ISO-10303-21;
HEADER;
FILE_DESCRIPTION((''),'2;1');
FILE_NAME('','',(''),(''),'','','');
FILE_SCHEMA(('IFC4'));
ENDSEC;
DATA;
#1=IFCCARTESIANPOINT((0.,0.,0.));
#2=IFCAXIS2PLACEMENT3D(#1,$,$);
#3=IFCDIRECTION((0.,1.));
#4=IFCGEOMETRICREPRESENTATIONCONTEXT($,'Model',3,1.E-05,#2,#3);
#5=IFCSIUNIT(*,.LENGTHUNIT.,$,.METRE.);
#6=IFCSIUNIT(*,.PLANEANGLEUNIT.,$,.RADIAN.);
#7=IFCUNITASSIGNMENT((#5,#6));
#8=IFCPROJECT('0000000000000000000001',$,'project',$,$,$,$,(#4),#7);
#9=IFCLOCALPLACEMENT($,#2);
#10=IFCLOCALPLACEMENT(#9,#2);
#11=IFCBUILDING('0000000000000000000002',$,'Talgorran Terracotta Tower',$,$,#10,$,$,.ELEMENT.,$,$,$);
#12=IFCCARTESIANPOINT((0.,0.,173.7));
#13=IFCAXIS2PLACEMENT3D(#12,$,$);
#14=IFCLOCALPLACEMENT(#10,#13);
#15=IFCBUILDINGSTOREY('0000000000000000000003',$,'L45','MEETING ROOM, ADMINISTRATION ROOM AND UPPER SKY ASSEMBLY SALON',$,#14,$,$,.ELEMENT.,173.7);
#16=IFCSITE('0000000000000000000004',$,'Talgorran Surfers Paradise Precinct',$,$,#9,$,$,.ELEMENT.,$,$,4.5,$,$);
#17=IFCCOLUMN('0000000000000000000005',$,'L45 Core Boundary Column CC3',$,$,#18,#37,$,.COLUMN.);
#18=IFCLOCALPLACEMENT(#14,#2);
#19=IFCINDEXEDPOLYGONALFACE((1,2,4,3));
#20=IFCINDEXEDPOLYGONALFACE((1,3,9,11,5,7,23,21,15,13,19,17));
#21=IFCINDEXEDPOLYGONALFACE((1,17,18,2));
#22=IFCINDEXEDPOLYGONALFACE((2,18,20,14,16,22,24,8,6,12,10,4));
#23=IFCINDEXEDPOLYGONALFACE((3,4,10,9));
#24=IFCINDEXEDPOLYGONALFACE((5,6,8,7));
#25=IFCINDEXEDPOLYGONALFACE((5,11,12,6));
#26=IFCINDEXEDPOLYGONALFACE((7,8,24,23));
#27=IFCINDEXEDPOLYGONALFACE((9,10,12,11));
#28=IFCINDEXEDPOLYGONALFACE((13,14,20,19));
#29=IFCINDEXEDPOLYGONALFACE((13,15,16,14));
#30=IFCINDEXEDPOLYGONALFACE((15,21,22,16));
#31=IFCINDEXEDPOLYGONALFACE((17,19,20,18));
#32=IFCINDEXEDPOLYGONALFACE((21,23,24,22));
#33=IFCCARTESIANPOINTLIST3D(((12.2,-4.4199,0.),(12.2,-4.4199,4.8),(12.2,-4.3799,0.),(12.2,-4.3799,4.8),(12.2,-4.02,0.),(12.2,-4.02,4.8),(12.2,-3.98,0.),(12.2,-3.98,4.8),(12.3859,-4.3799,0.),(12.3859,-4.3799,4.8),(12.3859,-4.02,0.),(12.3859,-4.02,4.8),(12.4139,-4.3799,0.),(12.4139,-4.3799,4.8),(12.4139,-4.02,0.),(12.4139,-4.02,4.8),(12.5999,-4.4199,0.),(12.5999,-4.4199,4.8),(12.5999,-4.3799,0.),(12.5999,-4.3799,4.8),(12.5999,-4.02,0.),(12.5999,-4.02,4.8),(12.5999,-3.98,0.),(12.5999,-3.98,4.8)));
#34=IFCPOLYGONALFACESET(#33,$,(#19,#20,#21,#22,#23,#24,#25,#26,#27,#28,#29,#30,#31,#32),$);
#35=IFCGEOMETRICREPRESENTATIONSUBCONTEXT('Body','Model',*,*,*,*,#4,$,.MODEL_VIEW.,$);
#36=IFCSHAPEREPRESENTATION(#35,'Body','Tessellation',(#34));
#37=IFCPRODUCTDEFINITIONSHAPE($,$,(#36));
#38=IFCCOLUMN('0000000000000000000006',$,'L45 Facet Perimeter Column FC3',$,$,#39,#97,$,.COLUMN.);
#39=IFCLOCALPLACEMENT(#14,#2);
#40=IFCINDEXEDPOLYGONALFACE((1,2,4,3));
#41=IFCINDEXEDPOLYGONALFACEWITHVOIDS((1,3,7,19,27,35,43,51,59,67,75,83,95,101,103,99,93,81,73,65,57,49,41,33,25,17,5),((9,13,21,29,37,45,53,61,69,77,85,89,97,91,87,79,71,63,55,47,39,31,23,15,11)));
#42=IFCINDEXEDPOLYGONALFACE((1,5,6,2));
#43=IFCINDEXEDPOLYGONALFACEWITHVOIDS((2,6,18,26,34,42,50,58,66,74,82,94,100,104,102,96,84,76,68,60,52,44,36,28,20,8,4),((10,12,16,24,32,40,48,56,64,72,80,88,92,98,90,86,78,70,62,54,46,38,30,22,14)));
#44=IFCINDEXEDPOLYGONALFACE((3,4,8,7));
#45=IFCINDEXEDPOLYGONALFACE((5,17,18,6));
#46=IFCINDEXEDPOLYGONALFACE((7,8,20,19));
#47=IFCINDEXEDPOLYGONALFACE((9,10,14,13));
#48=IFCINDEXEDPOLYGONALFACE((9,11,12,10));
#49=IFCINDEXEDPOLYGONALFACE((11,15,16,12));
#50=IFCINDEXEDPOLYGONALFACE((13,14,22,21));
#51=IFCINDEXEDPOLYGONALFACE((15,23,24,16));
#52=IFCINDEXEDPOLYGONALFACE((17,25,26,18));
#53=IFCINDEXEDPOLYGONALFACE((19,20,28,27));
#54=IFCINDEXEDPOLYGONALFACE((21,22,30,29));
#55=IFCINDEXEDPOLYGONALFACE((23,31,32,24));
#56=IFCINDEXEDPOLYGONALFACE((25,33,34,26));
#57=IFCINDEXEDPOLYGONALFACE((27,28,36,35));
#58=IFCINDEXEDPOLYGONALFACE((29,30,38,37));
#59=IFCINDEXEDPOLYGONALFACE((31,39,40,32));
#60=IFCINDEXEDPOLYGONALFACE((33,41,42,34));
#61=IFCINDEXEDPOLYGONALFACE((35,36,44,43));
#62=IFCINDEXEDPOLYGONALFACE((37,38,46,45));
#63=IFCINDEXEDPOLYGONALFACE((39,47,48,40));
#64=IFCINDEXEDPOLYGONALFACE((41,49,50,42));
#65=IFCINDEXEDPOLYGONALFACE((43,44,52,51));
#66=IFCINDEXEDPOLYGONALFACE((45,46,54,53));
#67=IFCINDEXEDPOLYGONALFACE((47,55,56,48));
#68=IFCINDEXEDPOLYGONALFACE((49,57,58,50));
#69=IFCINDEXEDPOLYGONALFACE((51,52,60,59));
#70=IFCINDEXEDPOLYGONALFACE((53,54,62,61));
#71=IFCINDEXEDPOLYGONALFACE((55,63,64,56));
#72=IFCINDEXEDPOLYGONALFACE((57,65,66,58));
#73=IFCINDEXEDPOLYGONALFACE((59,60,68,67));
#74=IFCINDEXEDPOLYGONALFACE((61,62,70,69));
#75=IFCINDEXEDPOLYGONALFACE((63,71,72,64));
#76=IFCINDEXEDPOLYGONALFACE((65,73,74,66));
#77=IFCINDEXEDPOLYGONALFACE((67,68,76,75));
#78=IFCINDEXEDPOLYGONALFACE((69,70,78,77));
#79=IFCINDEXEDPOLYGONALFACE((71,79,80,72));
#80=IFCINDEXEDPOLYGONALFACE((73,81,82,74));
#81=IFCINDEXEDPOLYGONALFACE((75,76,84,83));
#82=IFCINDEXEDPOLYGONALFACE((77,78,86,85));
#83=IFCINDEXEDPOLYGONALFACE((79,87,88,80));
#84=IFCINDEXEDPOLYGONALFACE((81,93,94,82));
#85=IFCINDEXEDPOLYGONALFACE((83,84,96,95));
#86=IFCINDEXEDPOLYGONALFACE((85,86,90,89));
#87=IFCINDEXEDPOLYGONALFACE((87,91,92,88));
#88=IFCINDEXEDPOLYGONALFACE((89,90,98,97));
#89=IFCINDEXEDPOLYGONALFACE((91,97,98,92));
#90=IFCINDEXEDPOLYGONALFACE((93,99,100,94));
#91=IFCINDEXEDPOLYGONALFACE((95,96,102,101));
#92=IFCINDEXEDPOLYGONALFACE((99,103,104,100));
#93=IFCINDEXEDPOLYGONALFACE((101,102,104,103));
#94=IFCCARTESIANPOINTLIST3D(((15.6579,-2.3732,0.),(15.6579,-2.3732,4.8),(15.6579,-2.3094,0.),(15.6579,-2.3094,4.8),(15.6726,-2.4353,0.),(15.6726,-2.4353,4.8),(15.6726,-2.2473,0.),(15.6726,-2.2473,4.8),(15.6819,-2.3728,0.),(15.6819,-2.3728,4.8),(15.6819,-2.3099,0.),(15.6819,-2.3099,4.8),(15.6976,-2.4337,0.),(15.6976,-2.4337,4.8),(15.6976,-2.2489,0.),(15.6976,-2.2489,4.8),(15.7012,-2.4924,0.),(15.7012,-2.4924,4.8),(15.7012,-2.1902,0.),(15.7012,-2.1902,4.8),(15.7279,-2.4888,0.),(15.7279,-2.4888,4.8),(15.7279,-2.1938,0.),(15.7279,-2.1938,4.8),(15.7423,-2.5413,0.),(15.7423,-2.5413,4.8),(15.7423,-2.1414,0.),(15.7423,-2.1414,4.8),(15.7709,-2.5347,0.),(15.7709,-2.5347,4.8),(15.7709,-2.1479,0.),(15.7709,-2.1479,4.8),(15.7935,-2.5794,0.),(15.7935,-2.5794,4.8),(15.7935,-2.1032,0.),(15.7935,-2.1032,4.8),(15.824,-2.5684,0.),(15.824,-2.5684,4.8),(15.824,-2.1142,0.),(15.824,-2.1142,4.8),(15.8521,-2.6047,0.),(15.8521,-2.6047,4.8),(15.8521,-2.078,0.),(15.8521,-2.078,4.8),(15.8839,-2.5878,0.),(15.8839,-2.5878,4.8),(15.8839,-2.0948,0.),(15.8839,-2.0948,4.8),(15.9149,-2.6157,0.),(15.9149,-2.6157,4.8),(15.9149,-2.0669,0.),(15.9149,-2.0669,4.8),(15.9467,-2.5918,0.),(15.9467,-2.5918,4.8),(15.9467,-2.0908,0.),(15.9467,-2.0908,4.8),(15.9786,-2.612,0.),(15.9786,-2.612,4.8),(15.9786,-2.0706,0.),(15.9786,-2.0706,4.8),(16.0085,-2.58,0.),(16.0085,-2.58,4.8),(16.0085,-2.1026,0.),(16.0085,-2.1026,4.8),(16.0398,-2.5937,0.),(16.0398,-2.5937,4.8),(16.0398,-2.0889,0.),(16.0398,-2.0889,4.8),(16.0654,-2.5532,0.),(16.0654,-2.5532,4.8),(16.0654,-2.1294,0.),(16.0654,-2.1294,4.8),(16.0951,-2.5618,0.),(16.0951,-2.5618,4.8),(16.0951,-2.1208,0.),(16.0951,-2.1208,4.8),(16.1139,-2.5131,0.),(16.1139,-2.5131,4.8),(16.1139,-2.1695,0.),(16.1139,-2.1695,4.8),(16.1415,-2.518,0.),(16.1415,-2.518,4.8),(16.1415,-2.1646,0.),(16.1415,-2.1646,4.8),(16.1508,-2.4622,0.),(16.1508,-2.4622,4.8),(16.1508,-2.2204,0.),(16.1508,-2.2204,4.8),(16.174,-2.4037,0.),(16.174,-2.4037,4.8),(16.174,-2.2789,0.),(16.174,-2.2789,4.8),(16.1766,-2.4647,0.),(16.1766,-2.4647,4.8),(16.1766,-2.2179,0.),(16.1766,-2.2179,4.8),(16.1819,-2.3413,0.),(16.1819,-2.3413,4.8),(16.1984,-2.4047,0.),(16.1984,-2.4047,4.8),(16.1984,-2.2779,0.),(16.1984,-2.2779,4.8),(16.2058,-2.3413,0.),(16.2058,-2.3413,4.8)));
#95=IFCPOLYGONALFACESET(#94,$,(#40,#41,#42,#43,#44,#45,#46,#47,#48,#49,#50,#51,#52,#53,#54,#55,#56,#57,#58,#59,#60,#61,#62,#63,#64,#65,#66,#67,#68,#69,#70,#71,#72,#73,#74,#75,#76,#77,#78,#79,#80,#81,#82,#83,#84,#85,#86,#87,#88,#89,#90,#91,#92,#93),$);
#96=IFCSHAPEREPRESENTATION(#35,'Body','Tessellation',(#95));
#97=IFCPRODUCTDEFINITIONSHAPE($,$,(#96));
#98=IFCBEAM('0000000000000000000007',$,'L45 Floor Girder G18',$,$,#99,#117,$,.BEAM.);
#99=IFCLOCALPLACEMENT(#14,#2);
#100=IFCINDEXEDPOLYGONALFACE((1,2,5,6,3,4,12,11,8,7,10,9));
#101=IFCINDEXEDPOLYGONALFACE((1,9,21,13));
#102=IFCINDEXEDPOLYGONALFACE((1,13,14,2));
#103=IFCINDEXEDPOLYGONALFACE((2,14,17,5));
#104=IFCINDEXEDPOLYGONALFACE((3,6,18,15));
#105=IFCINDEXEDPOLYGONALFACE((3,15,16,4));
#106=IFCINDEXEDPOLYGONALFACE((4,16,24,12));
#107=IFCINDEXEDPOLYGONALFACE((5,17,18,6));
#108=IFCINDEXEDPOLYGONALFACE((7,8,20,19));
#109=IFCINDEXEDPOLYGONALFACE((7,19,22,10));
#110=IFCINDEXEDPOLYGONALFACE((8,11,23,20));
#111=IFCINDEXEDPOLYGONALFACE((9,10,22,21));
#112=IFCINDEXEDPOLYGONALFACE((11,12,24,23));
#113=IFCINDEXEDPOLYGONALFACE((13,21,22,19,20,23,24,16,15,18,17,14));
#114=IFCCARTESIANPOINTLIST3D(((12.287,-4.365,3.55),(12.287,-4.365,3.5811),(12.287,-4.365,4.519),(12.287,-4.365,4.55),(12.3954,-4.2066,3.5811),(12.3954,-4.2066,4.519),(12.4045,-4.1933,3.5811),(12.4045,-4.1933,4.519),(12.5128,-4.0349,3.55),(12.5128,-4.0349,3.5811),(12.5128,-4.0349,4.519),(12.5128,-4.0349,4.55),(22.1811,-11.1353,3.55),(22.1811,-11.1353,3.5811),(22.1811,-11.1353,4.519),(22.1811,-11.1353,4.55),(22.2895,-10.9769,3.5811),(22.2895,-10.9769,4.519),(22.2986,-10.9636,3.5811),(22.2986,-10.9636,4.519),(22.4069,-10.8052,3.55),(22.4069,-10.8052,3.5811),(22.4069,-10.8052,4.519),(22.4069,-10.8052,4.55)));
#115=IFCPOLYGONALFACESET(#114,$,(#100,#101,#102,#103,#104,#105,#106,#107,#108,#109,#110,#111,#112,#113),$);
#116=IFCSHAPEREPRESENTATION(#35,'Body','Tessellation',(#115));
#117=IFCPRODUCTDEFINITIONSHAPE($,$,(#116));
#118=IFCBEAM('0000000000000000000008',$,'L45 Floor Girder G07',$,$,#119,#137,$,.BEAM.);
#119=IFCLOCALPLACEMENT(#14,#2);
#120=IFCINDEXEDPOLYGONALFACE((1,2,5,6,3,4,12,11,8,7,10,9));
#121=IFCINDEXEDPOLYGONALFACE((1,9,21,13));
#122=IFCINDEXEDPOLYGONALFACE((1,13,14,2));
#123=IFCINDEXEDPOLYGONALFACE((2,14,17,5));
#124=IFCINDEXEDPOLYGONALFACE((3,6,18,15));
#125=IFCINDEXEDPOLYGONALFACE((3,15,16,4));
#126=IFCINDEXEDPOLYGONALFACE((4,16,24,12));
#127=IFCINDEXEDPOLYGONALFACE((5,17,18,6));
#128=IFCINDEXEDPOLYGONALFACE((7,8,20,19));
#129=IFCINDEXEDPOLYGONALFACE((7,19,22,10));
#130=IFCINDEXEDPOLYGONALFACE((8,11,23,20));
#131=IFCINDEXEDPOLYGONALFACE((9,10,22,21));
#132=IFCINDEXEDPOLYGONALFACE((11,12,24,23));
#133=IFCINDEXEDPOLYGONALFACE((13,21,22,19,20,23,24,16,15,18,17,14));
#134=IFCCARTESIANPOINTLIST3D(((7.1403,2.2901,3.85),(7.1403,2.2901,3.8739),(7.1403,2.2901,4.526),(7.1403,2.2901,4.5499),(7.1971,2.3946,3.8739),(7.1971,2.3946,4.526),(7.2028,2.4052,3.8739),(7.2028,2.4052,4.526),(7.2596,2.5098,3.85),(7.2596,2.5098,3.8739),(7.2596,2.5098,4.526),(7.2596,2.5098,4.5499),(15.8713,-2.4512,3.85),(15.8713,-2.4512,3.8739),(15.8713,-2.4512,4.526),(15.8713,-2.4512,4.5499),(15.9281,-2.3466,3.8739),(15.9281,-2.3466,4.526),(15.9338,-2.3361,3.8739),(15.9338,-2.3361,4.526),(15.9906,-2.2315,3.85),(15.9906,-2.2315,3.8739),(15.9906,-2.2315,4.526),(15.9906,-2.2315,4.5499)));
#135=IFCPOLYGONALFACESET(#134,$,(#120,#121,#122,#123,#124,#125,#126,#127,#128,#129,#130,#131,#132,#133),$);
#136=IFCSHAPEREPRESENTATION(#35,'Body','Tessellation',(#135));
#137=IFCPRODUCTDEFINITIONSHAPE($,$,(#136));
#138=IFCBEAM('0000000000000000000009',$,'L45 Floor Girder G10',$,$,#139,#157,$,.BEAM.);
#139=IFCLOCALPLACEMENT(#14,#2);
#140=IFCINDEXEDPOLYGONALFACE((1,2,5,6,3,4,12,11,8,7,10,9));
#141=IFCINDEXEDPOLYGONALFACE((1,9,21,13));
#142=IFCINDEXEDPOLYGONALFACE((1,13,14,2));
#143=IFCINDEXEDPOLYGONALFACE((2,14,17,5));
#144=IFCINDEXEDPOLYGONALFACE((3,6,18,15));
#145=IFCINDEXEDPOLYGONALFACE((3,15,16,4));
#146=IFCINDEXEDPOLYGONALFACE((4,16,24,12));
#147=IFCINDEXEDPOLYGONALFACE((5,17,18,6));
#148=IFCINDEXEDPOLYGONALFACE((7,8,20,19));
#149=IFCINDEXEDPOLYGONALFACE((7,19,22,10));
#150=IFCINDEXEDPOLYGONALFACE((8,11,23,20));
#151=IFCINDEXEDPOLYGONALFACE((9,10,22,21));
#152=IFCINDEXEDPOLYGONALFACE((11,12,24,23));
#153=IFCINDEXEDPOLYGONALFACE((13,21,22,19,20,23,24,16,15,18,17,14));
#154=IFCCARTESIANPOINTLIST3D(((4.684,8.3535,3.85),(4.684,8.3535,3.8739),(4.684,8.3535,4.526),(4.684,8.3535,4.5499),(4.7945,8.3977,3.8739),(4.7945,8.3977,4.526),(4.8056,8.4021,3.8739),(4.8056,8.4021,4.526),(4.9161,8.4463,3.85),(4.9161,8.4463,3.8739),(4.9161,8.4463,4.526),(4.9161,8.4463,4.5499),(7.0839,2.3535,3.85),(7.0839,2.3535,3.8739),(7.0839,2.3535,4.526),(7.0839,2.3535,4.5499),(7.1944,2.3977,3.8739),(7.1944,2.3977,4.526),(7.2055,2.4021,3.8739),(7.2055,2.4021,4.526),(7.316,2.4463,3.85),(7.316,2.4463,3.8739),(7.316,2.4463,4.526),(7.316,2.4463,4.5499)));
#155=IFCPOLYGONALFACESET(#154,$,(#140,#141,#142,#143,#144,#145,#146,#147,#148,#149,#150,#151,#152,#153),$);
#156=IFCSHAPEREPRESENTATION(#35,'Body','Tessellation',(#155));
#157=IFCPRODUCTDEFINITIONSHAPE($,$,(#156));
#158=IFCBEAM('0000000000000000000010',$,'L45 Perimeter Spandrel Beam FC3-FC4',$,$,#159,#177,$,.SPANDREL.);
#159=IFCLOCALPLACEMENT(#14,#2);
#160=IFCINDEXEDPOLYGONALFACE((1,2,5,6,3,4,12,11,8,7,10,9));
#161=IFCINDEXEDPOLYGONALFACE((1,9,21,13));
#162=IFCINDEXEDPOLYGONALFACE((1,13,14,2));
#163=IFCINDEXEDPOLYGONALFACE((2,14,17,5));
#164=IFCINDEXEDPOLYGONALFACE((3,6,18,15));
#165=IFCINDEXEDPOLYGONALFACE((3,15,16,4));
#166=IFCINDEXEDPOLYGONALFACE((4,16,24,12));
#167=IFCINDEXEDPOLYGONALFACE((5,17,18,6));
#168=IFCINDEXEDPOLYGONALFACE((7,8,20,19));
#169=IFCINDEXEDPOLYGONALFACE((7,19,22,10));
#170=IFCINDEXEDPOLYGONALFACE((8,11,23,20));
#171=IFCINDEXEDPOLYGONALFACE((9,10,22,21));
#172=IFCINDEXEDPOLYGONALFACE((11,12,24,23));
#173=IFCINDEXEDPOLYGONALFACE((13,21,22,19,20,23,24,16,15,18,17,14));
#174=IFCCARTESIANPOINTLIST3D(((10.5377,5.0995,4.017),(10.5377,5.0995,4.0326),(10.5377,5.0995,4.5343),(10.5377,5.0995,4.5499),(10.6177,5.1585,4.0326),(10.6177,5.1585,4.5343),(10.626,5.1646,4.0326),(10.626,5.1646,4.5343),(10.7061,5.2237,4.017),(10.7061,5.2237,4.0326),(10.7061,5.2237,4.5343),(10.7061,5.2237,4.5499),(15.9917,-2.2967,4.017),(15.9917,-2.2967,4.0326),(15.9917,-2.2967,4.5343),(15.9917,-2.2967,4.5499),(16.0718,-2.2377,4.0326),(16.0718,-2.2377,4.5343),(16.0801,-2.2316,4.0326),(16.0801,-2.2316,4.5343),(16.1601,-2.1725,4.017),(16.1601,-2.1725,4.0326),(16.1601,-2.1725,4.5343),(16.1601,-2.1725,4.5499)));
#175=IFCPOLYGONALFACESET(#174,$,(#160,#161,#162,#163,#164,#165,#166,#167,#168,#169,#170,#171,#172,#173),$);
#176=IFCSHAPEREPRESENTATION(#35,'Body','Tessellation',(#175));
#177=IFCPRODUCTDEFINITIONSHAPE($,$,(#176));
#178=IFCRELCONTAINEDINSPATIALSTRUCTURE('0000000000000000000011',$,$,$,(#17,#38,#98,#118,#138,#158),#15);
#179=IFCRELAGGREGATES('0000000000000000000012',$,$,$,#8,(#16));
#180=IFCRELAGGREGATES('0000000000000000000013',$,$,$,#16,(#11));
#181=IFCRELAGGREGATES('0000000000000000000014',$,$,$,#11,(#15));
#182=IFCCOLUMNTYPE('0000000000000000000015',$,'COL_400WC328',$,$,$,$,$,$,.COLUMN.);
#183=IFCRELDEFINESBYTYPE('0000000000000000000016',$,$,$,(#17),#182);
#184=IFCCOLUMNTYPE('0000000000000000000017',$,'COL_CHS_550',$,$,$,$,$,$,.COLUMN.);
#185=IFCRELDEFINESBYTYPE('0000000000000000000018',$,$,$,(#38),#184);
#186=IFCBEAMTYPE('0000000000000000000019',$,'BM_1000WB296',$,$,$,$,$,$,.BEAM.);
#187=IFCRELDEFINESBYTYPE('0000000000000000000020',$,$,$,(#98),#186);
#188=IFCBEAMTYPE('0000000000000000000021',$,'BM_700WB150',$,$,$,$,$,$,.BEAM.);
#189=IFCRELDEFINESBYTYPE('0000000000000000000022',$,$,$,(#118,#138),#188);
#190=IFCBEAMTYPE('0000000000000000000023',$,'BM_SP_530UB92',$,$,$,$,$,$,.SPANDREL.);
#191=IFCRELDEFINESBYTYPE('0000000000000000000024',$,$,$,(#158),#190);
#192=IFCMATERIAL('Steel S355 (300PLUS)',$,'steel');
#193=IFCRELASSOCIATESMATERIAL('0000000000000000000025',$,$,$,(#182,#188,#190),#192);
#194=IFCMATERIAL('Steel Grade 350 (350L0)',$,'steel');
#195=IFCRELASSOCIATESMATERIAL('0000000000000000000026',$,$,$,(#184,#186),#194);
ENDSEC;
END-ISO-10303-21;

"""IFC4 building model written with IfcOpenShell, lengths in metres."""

from ifc_helpers import new_model, si_unit, direction, frame, origin, origin_2d, place, context, subcontext, project, spatial, hollow_circle, i_section, extrude, material, material_profile, profile_set, type_object, element, save


model = new_model("IFC4")

# Units and contexts
model_context = context("Model", 3, precision=1e-05, world=origin(), true_north=direction((0.0, 1.0)))
body_context = subcontext(model_context, "Body", "Model", "MODEL_VIEW")
ifc_project = project(units=[si_unit("LENGTHUNIT", "METRE"), si_unit("PLANEANGLEUNIT", "RADIAN")], contexts=[model_context])

# Site, building, storey
site_placement = place(None, origin())
site = spatial("IfcSite", under=ifc_project, at=site_placement, Name="Talgorran Surfers Paradise Precinct", CompositionType="ELEMENT", RefElevation=4.5)
building_placement = place(site_placement, origin())
building = spatial("IfcBuilding", under=site, at=building_placement, Name="Talgorran Terracotta Tower", CompositionType="ELEMENT")
storey_placement = place(building_placement, frame((0.0, 0.0, 173.7)))
storey = spatial("IfcBuildingStorey", under=building, at=storey_placement, Name="L45", Description="MEETING ROOM, ADMINISTRATION ROOM AND UPPER SKY ASSEMBLY SALON", CompositionType="ELEMENT", Elevation=173.7)

# Columns
ifc_material_1 = material(Name="Steel S355 (300PLUS)", Category="steel")
ifc_material_profile_1 = material_profile(ifc_material_1, i_section(OverallWidth=0.3999, OverallDepth=0.4399, WebThickness=0.0281, FlangeThickness=0.04, at=origin_2d()), Name="400WC328")
ifc_profile_set_1 = profile_set([ifc_material_profile_1], Name="Steel S355 (300PLUS)")
column_type_1 = type_object("IfcColumnType", Name="COL_400WC328", PredefinedType="COLUMN", material=ifc_profile_set_1)
column_1_placement = place(storey_placement, frame((12.3999, -4.2, 0.0), z_axis=(0.0, 0.0, 1.0), x_axis=(1.0, 0.0, 0.0)))
element("IfcColumn", 1, at=column_1_placement, inside=storey, type_object=column_type_1, Name="L45 Core Boundary Column CC3", PredefinedType="COLUMN", context=body_context, shape_type="SweptSolid", body=[
    extrude(i_section(OverallWidth=0.3999, OverallDepth=0.4399, WebThickness=0.0281, FlangeThickness=0.04, at=origin_2d()), origin(), (0.0, 0.0, 1.0), 4.8),
])
ifc_material_2 = material(Name="Steel Grade 350 (350L0)", Category="steel")
ifc_material_profile_2 = material_profile(ifc_material_2, hollow_circle(Radius=0.2749, WallThickness=0.0239, at=origin_2d()), Name="CHS550X24")
ifc_profile_set_2 = profile_set([ifc_material_profile_2], Name="Steel Grade 350 (350L0)")
column_type_2 = type_object("IfcColumnType", Name="COL_CHS_550", PredefinedType="COLUMN", material=ifc_profile_set_2)
column_2_placement = place(storey_placement, frame((15.9309, -2.3413, 0.0), z_axis=(0.0, 0.0, 1.0), x_axis=(1.0, 0.0, 0.0)))
element("IfcColumn", 2, at=column_2_placement, inside=storey, type_object=column_type_2, Name="L45 Facet Perimeter Column FC3", PredefinedType="COLUMN", context=body_context, shape_type="SweptSolid", body=[
    extrude(hollow_circle(Radius=0.2749, WallThickness=0.0239, at=origin_2d()), origin(), (0.0, 0.0, 1.0), 4.8),
])

# Beams
ifc_material_profile_3 = material_profile(ifc_material_2, i_section(OverallWidth=0.3999, OverallDepth=1.0, WebThickness=0.0161, FlangeThickness=0.031, at=origin_2d()), Name="1000WB296")
ifc_profile_set_3 = profile_set([ifc_material_profile_3], Name="Steel Grade 350 (350L0)")
beam_type_1 = type_object("IfcBeamType", Name="BM_1000WB296", PredefinedType="BEAM", material=ifc_profile_set_3)
beam_1_placement = place(storey_placement, frame((12.3999, -4.2, 4.05), z_axis=(0.825282, -0.564721, 0.0), x_axis=(0.564721, 0.825282, 0.0)))
element("IfcBeam", 3, at=beam_1_placement, inside=storey, type_object=beam_type_1, Name="L45 Floor Girder G18", PredefinedType="BEAM", context=body_context, shape_type="SweptSolid", body=[
    extrude(i_section(OverallWidth=0.3999, OverallDepth=1.0, WebThickness=0.0161, FlangeThickness=0.031, at=origin_2d()), origin(), (0.0, 0.0, 1.0), 11.9888),
])
ifc_material_profile_4 = material_profile(ifc_material_1, i_section(OverallWidth=0.25, OverallDepth=0.7, WebThickness=0.012, FlangeThickness=0.0239, at=origin_2d()), Name="700WB150")
ifc_profile_set_4 = profile_set([ifc_material_profile_4], Name="Steel S355 (300PLUS)")
beam_type_2 = type_object("IfcBeamType", Name="BM_700WB150", PredefinedType="BEAM", material=ifc_profile_set_4)
beam_2_placement = place(storey_placement, frame((7.2, 2.3999, 4.2), z_axis=(0.878788, -0.477212, 0.0), x_axis=(0.477212, 0.878788, 0.0)))
element("IfcBeam", 4, at=beam_2_placement, inside=storey, type_object=beam_type_2, Name="L45 Floor Girder G07", PredefinedType="BEAM", context=body_context, shape_type="SweptSolid", body=[
    extrude(i_section(OverallWidth=0.25, OverallDepth=0.7, WebThickness=0.012, FlangeThickness=0.0239, at=origin_2d()), origin(), (0.0, 0.0, 1.0), 9.9353),
])
beam_3_placement = place(storey_placement, frame((7.2, 2.3999, 4.2), z_axis=(-0.371378, 0.928482, 0.0), x_axis=(-0.928482, -0.371378, 0.0)))
element("IfcBeam", 5, at=beam_3_placement, inside=storey, type_object=beam_type_2, Name="L45 Floor Girder G10", PredefinedType="BEAM", context=body_context, shape_type="SweptSolid", body=[
    extrude(i_section(OverallWidth=0.25, OverallDepth=0.7, WebThickness=0.012, FlangeThickness=0.0239, at=origin_2d()), origin(), (0.0, 0.0, 1.0), 6.4622),
])
ifc_material_profile_5 = material_profile(ifc_material_1, i_section(OverallWidth=0.2092, OverallDepth=0.533, WebThickness=0.0103, FlangeThickness=0.0156, at=origin_2d()), Name="530UB92.4")
ifc_profile_set_5 = profile_set([ifc_material_profile_5], Name="Steel S355 (300PLUS)")
beam_type_3 = type_object("IfcBeamType", Name="BM_SP_530UB92", PredefinedType="SPANDREL", material=ifc_profile_set_5)
beam_4_placement = place(storey_placement, frame((16.0759, -2.2346, 4.2834), z_axis=(-0.593498, 0.804835, 0.0), x_axis=(-0.804835, -0.593498, 0.0)))
element("IfcBeam", 6, at=beam_4_placement, inside=storey, type_object=beam_type_3, Name="L45 Perimeter Spandrel Beam FC3-FC4", PredefinedType="SPANDREL", context=body_context, shape_type="SweptSolid", body=[
    extrude(i_section(OverallWidth=0.2092, OverallDepth=0.533, WebThickness=0.0103, FlangeThickness=0.0156, at=origin_2d()), origin(), (0.0, 0.0, 1.0), 9.1897),
])

save(model, "model.ifc")
